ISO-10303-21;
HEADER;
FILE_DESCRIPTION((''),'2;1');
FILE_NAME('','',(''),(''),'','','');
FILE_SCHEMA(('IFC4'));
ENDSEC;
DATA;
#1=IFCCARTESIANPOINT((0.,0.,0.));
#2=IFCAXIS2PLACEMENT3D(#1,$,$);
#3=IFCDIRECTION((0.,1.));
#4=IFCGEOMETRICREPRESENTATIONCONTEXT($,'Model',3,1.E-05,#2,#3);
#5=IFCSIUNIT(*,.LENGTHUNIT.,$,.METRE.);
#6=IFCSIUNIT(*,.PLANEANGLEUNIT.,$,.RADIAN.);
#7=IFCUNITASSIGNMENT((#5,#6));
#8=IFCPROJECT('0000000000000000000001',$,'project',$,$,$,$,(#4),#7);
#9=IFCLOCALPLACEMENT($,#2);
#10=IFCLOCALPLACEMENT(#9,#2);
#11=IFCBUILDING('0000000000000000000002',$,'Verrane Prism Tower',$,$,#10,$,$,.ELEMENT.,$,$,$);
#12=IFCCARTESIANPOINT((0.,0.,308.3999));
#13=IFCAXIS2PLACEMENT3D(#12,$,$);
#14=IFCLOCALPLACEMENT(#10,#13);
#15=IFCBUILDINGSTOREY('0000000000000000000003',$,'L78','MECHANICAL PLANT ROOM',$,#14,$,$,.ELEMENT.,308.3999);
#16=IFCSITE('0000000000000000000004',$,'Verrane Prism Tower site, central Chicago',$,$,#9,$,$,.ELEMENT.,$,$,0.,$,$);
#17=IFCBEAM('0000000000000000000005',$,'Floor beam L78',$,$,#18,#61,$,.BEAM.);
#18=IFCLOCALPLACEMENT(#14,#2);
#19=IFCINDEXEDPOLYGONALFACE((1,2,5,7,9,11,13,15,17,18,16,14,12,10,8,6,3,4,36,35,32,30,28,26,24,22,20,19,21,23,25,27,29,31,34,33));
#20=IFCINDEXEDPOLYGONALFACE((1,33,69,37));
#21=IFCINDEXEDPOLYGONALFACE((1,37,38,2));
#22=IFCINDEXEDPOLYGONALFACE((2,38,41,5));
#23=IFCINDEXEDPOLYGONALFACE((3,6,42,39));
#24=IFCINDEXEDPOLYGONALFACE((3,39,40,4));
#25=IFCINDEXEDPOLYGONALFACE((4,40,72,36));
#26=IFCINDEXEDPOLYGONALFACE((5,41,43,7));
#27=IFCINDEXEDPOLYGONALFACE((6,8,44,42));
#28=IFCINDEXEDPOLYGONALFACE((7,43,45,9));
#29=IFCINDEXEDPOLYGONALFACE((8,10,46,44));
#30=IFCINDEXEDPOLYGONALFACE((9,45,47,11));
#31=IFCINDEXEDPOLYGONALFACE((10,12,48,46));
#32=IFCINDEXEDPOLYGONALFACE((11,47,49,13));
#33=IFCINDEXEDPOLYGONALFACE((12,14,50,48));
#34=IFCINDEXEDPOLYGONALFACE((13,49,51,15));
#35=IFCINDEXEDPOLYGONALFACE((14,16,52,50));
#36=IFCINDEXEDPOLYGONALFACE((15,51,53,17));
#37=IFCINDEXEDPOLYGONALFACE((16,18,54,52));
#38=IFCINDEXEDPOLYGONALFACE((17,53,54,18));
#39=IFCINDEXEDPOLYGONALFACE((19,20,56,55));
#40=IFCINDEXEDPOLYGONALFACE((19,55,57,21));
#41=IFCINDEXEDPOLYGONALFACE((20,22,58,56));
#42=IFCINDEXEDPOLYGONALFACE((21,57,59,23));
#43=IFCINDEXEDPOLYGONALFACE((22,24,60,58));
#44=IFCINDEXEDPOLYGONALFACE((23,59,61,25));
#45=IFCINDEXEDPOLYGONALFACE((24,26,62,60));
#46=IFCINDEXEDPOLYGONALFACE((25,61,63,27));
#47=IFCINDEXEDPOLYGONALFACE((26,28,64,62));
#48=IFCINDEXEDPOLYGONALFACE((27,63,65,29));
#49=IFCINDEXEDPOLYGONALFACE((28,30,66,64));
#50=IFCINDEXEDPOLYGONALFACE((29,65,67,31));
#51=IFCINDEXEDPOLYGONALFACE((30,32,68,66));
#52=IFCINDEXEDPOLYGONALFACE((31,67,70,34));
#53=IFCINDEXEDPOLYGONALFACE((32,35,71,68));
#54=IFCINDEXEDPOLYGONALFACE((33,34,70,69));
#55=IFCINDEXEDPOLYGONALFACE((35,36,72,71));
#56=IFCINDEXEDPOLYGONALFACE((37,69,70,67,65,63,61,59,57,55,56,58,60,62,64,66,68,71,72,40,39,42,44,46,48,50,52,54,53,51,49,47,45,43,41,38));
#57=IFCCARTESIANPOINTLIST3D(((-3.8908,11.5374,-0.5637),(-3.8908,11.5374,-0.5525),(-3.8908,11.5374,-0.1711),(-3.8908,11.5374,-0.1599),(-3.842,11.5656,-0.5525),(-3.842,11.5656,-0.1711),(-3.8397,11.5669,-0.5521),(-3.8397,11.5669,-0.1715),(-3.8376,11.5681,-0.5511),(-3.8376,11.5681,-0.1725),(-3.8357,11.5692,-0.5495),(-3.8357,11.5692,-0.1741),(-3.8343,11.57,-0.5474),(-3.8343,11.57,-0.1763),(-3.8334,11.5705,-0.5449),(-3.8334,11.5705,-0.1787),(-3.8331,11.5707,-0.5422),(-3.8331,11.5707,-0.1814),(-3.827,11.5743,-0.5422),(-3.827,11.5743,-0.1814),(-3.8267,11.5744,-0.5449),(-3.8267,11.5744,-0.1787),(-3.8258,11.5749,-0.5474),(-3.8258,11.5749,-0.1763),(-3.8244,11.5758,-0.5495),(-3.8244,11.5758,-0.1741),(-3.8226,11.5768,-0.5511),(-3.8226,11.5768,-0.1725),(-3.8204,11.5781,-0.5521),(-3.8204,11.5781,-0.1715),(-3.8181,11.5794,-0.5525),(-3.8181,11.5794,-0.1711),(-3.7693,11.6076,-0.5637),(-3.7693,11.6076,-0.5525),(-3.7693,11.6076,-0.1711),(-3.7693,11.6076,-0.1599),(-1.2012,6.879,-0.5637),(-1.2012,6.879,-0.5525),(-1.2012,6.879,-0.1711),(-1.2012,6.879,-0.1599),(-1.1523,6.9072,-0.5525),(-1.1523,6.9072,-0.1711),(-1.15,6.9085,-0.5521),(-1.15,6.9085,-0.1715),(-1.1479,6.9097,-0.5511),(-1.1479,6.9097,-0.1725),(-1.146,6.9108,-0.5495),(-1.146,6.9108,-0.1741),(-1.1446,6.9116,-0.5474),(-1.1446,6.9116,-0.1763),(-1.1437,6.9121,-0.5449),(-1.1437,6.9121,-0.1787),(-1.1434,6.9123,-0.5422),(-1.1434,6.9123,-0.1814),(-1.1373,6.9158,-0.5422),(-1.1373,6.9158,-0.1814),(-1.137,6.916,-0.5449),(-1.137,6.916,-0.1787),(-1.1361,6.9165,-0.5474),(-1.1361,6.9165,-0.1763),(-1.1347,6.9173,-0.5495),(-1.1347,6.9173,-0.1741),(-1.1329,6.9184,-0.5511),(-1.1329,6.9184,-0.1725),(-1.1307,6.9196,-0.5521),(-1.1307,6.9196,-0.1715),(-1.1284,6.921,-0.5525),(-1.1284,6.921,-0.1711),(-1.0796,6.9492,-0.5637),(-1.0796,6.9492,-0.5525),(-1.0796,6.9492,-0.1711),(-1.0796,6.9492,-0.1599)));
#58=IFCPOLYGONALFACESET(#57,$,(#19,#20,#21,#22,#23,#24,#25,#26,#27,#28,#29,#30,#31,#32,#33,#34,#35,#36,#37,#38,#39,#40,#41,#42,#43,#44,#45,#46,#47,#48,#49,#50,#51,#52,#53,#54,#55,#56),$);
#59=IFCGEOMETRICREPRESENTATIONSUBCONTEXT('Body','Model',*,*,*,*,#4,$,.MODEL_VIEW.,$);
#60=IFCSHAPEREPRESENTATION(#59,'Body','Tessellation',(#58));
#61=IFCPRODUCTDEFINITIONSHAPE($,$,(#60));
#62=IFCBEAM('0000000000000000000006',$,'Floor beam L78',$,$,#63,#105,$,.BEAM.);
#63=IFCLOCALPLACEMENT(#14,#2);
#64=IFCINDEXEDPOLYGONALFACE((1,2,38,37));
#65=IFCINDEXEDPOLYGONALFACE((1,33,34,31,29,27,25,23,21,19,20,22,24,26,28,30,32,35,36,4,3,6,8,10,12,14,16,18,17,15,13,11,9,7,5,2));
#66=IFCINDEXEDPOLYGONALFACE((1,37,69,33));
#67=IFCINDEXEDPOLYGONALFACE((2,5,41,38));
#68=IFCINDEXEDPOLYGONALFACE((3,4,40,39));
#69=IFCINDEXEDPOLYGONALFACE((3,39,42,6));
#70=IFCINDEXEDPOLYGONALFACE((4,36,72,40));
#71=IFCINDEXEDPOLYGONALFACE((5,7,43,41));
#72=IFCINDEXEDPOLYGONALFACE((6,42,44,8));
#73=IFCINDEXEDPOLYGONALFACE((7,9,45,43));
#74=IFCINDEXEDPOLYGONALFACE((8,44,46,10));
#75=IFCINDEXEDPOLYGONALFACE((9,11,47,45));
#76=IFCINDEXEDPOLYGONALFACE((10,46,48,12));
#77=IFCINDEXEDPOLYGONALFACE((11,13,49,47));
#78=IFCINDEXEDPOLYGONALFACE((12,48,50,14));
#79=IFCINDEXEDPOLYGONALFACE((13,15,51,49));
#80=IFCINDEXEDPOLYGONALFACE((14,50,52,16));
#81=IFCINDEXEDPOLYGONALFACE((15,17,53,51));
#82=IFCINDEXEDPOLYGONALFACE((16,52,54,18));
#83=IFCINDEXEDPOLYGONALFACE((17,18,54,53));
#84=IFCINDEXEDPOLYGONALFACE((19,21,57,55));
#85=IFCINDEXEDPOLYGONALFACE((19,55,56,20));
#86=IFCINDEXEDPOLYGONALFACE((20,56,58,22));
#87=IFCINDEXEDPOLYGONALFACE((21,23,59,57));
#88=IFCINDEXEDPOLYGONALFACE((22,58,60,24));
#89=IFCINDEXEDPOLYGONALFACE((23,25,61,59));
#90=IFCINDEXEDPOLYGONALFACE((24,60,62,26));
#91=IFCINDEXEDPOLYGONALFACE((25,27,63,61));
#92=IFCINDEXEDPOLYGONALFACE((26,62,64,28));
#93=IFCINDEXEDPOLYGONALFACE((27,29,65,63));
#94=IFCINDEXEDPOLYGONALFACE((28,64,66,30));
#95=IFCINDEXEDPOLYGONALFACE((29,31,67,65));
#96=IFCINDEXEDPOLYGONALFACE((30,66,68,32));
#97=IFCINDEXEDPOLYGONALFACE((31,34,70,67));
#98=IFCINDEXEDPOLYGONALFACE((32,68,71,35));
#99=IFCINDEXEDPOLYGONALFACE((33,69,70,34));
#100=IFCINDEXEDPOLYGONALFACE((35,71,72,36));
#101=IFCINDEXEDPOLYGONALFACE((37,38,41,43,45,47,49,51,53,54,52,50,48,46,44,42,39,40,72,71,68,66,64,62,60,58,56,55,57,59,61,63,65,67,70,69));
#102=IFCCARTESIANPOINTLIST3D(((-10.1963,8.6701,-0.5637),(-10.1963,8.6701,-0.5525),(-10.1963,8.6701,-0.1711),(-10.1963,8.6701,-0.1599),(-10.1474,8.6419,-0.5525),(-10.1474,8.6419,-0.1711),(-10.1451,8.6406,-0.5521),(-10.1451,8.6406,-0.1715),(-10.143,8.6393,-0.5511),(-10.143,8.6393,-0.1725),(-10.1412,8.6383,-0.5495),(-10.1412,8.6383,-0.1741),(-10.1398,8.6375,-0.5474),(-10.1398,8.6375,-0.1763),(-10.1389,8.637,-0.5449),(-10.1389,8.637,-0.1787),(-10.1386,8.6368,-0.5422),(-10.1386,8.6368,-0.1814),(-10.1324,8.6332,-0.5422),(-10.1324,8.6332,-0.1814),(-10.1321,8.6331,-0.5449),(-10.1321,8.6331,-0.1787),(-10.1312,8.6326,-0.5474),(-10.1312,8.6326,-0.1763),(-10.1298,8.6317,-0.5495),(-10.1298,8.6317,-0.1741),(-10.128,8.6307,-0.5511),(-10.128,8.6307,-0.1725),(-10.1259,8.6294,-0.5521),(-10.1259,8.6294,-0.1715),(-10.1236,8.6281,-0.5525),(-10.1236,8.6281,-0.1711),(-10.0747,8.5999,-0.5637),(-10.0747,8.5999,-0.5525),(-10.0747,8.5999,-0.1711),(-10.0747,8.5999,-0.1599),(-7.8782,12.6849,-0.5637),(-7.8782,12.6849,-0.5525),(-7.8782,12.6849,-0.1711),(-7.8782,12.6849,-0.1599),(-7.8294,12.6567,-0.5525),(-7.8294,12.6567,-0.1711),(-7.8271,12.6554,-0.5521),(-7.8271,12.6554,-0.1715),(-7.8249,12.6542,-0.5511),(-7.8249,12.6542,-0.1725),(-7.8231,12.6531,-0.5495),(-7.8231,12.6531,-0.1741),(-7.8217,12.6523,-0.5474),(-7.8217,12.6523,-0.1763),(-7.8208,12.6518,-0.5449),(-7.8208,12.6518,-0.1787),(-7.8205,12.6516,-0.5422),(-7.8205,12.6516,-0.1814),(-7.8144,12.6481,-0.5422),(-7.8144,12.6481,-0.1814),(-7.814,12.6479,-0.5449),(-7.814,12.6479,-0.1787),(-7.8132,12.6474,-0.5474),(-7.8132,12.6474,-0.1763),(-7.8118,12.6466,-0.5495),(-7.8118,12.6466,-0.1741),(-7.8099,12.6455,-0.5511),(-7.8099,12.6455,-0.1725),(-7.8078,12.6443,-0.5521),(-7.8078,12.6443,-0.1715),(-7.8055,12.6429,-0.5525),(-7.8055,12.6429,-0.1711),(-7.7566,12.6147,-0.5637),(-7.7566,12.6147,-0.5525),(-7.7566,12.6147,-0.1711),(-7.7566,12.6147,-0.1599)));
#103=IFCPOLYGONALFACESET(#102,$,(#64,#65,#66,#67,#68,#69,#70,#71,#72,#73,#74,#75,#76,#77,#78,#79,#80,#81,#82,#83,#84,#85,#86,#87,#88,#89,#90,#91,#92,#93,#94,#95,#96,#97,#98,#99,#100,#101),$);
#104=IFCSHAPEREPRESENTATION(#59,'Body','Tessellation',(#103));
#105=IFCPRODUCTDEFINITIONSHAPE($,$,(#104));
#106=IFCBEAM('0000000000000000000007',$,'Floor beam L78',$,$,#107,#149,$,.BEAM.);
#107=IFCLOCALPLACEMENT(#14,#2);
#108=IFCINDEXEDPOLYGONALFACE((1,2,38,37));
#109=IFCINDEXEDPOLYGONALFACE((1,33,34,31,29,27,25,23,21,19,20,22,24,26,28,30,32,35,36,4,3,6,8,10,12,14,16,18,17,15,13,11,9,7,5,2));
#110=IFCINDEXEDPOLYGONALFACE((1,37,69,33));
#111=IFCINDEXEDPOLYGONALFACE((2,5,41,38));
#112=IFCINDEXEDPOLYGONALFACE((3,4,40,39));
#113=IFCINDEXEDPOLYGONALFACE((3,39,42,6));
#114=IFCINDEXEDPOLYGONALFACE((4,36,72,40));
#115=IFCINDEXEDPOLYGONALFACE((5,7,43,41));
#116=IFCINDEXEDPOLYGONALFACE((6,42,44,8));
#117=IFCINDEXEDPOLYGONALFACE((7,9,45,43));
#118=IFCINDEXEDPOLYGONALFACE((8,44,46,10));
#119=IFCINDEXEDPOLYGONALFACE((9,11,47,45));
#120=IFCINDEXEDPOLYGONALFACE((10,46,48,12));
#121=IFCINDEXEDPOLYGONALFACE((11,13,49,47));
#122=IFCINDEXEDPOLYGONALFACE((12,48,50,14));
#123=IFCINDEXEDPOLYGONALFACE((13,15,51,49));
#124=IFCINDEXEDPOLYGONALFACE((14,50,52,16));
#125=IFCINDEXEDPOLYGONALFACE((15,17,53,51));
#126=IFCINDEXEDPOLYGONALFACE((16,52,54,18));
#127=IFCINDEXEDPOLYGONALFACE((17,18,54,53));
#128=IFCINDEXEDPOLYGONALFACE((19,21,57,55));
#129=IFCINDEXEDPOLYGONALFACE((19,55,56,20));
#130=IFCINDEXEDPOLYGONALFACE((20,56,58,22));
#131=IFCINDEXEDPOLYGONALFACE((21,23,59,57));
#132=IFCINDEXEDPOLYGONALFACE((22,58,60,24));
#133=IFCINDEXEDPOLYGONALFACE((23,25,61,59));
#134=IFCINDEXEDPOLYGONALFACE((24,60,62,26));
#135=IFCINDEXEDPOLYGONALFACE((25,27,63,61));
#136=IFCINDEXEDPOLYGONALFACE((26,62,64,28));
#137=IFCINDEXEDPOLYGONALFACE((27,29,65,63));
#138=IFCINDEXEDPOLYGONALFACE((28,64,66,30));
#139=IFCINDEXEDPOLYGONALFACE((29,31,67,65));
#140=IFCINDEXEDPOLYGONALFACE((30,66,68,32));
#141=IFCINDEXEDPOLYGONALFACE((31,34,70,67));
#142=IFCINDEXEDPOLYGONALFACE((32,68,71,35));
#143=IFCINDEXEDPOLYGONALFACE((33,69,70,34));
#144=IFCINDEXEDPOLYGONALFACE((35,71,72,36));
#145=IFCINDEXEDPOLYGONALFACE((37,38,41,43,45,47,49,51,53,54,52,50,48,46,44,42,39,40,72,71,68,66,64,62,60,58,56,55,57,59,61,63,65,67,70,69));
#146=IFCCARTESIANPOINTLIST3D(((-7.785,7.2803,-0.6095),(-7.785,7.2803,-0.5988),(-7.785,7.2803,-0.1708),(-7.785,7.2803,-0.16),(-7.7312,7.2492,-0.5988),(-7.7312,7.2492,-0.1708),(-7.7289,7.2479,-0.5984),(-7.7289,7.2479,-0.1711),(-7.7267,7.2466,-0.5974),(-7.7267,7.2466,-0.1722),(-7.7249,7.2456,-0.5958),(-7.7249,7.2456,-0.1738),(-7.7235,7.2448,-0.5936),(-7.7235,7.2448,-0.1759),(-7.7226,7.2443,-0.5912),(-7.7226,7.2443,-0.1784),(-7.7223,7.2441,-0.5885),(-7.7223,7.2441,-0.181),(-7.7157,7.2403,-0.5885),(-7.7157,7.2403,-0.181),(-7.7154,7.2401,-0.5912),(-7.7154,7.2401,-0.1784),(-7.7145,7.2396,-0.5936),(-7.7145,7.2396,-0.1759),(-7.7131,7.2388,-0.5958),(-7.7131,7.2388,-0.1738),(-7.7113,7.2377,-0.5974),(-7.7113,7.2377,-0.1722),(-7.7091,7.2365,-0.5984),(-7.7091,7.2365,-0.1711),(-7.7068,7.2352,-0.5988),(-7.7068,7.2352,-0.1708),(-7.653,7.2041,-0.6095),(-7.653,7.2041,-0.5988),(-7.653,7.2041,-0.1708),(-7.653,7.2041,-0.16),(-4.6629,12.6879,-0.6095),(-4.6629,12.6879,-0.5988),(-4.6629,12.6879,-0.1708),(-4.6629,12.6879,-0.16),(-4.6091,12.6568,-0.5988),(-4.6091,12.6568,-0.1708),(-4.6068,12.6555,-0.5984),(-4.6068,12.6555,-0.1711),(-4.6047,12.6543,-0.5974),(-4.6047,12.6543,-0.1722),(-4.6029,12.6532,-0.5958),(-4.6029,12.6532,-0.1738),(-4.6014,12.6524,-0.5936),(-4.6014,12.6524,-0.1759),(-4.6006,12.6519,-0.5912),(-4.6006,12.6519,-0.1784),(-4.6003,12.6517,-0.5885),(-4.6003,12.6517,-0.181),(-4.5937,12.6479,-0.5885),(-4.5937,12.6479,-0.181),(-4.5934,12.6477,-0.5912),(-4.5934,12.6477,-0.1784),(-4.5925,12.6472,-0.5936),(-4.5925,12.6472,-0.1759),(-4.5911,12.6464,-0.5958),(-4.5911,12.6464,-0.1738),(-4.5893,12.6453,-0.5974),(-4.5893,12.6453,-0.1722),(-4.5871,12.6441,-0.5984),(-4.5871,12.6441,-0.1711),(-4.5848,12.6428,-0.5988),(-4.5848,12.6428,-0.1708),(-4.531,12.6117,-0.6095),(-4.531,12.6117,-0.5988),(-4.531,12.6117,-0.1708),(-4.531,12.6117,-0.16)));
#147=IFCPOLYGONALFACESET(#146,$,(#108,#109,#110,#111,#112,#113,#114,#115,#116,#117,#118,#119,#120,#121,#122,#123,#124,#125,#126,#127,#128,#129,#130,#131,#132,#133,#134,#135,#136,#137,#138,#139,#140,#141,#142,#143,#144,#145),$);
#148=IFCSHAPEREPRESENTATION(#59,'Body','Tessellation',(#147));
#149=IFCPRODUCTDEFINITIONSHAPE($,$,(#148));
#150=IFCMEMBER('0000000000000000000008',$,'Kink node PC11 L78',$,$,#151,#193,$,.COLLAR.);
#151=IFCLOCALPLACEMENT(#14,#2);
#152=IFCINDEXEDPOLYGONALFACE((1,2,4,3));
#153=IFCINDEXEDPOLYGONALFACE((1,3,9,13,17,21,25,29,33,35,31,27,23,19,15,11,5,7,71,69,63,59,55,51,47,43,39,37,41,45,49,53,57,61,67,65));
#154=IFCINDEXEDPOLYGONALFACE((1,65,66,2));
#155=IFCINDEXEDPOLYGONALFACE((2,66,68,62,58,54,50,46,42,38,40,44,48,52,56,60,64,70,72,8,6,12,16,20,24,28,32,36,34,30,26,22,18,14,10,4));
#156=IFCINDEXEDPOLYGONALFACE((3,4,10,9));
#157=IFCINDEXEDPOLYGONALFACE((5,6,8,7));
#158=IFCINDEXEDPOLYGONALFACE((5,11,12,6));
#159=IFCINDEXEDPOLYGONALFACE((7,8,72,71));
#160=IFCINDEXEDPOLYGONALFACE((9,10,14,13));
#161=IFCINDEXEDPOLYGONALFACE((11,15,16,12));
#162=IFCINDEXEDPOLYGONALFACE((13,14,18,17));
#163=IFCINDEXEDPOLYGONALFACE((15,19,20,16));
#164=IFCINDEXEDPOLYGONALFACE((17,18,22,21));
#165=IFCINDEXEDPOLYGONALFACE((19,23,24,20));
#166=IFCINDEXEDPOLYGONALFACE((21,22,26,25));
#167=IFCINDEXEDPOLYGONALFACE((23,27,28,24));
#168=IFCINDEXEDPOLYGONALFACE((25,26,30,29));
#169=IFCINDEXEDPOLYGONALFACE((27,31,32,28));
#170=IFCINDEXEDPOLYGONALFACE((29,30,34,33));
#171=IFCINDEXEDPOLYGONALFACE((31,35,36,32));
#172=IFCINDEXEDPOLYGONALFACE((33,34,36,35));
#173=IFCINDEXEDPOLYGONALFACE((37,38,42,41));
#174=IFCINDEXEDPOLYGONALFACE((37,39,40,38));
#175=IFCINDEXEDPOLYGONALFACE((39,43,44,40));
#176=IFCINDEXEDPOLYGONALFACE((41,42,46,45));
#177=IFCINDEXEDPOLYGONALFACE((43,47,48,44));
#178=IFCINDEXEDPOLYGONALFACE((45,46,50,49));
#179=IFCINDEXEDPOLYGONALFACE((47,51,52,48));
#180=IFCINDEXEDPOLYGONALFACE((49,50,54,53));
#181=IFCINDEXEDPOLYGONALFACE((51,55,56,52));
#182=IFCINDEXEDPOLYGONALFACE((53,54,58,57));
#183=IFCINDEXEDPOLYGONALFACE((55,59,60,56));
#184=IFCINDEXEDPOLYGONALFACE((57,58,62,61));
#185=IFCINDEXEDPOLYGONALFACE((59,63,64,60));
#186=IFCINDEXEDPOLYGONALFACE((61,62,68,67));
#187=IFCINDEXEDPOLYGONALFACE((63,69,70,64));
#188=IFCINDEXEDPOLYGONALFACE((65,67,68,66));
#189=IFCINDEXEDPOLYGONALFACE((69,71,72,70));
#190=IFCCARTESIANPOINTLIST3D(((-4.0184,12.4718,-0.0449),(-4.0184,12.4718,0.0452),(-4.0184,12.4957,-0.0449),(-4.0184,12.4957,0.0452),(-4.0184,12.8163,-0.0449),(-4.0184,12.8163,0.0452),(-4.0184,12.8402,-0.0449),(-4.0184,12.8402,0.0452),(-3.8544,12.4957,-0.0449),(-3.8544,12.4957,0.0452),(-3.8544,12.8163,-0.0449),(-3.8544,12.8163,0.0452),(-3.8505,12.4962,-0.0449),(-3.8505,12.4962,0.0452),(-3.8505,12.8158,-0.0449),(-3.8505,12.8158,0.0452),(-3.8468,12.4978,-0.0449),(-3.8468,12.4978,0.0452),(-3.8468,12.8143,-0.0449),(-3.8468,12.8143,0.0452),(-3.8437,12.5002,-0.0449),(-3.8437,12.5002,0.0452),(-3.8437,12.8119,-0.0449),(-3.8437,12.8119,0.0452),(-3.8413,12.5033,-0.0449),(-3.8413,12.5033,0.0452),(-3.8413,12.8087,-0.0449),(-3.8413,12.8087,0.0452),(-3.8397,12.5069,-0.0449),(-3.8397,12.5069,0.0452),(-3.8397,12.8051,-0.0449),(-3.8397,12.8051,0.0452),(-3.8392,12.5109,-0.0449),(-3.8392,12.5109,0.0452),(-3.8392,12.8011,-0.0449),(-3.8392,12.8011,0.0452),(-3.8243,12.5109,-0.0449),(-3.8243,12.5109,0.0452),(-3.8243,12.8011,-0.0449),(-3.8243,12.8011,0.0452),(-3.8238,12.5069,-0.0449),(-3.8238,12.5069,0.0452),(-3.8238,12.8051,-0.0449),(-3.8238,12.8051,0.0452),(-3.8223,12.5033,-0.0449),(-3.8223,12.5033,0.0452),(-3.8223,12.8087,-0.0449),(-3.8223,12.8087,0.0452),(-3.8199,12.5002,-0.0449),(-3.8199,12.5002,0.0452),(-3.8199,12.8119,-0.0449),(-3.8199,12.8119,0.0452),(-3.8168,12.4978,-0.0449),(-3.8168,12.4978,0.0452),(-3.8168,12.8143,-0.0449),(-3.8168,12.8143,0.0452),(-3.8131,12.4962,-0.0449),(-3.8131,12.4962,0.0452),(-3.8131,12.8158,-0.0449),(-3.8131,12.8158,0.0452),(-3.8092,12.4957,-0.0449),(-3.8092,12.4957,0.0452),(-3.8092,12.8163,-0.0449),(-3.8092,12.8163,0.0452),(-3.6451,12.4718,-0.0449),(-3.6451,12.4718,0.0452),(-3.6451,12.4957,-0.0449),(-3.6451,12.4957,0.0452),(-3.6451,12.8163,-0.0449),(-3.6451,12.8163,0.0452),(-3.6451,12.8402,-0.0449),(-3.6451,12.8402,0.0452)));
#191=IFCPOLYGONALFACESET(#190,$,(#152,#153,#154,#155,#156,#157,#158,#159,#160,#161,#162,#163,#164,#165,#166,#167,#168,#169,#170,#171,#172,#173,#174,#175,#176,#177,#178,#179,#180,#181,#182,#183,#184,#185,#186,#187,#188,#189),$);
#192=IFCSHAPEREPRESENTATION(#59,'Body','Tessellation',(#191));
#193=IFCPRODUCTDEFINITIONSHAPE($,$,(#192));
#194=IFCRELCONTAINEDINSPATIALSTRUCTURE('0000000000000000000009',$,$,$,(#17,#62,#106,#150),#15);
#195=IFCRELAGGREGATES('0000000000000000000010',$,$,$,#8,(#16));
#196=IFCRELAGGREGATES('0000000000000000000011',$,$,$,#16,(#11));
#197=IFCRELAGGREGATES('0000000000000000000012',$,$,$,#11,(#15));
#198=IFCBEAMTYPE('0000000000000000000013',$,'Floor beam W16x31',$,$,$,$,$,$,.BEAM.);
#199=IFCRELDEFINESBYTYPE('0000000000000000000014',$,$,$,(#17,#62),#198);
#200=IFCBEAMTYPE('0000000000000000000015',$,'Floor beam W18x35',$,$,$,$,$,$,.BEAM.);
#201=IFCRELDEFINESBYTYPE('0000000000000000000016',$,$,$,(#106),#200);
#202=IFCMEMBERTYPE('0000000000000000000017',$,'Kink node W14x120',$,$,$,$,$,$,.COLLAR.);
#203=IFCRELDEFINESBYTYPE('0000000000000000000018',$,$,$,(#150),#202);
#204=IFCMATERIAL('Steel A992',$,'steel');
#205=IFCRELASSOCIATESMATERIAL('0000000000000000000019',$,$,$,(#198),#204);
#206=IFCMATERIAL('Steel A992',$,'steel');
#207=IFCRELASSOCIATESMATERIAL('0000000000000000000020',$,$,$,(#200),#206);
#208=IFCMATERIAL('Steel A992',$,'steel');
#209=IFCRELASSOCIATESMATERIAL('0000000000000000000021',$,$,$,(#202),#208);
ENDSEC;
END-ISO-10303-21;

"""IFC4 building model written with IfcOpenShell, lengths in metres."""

from ifc_helpers import new_model, si_unit, direction, frame, origin, origin_2d, place, context, subcontext, project, spatial, i_section, extrude, material, material_profile, profile_set, type_object, element, save


model = new_model("IFC4")

# Units and contexts
model_context = context("Model", 3, precision=1e-05, world=origin(), true_north=direction((0.0, 1.0)))
body_context = subcontext(model_context, "Body", "Model", "MODEL_VIEW")
ifc_project = project(units=[si_unit("LENGTHUNIT", "METRE"), si_unit("PLANEANGLEUNIT", "RADIAN")], contexts=[model_context])

# Site, building, storey
site_placement = place(None, origin())
site = spatial("IfcSite", under=ifc_project, at=site_placement, Name="Verrane Prism Tower site, central Chicago", CompositionType="ELEMENT", RefElevation=0.0)
building_placement = place(site_placement, origin())
building = spatial("IfcBuilding", under=site, at=building_placement, Name="Verrane Prism Tower", CompositionType="ELEMENT")
storey_placement = place(building_placement, frame((0.0, 0.0, 308.3999)))
storey = spatial("IfcBuildingStorey", under=building, at=storey_placement, Name="L78", Description="MECHANICAL PLANT ROOM", CompositionType="ELEMENT", Elevation=308.3999)

# Beams
ifc_material_1 = material(Name="Steel A992", Category="steel")
ifc_material_profile_1 = material_profile(ifc_material_1, i_section(OverallWidth=0.1404, OverallDepth=0.4038, WebThickness=0.0071, FlangeThickness=0.0112, FilletRadius=0.0103, at=origin_2d()), Name="W16x31")
ifc_profile_set_1 = profile_set([ifc_material_profile_1], Name="Steel A992")
beam_type_1 = type_object("IfcBeamType", Name="Floor beam W16x31", PredefinedType="BEAM", material=ifc_profile_set_1)
beam_1_placement = place(storey_placement, frame((-1.1404, 6.9141, -0.3618), z_axis=(-0.50002, 0.866014, 0.0), x_axis=(-0.866014, -0.50002, 0.0)))
element("IfcBeam", 1, at=beam_1_placement, inside=storey, type_object=beam_type_1, Name="Floor beam L78", PredefinedType="BEAM", context=body_context, shape_type="SweptSolid", body=[
    extrude(i_section(OverallWidth=0.1404, OverallDepth=0.4038, WebThickness=0.0071, FlangeThickness=0.0112, FilletRadius=0.0103, at=origin_2d()), origin(), (0.0, 0.0, 1.0), 5.3792),
])
beam_2_placement = place(storey_placement, frame((-10.1355, 8.635, -0.3618), z_axis=(0.500019, 0.866015, 0.0), x_axis=(-0.866015, 0.500019, 0.0)))
element("IfcBeam", 2, at=beam_2_placement, inside=storey, type_object=beam_type_1, Name="Floor beam L78", PredefinedType="BEAM", context=body_context, shape_type="SweptSolid", body=[
    extrude(i_section(OverallWidth=0.1404, OverallDepth=0.4038, WebThickness=0.0071, FlangeThickness=0.0112, FilletRadius=0.0103, at=origin_2d()), origin(), (0.0, 0.0, 1.0), 4.636),
])
ifc_material_2 = material(Name="Steel A992", Category="steel")
ifc_material_profile_2 = material_profile(ifc_material_2, i_section(OverallWidth=0.1523, OverallDepth=0.4495, WebThickness=0.0076, FlangeThickness=0.0107, FilletRadius=0.0103, at=origin_2d()), Name="W18x35")
ifc_profile_set_2 = profile_set([ifc_material_profile_2], Name="Steel A992")
beam_type_2 = type_object("IfcBeamType", Name="Floor beam W18x35", PredefinedType="BEAM", material=ifc_profile_set_2)
beam_3_placement = place(storey_placement, frame((-7.719, 7.2422, -0.3848), z_axis=(0.499991, 0.866031, 0.0), x_axis=(-0.866031, 0.499991, 0.0)))
element("IfcBeam", 3, at=beam_3_placement, inside=storey, type_object=beam_type_2, Name="Floor beam L78", PredefinedType="BEAM", context=body_context, shape_type="SweptSolid", body=[
    extrude(i_section(OverallWidth=0.1523, OverallDepth=0.4495, WebThickness=0.0076, FlangeThickness=0.0107, FilletRadius=0.0103, at=origin_2d()), origin(), (0.0, 0.0, 1.0), 6.2441),
])

# Member
ifc_material_3 = material(Name="Steel A992", Category="steel")
ifc_material_profile_3 = material_profile(ifc_material_3, i_section(OverallWidth=0.3733, OverallDepth=0.3684, WebThickness=0.0149, FlangeThickness=0.0239, FilletRadius=0.0151, at=origin_2d()), Name="W14x120")
ifc_profile_set_3 = profile_set([ifc_material_profile_3], Name="Steel A992")
member_type_1 = type_object("IfcMemberType", Name="Kink node W14x120", PredefinedType="COLLAR", material=ifc_profile_set_3)
member_1_placement = place(storey_placement, frame((-3.8318, 12.656, -0.0449), z_axis=(0.0, 0.0, 1.0), x_axis=(1.0, 0.0, 0.0)))
element("IfcMember", 4, at=member_1_placement, inside=storey, type_object=member_type_1, Name="Kink node PC11 L78", PredefinedType="COLLAR", context=body_context, shape_type="SweptSolid", body=[
    extrude(i_section(OverallWidth=0.3733, OverallDepth=0.3684, WebThickness=0.0149, FlangeThickness=0.0239, FilletRadius=0.0151, at=origin_2d()), origin(), (0.0, 0.0, 1.0), 0.0901),
])

save(model, "model.ifc")
